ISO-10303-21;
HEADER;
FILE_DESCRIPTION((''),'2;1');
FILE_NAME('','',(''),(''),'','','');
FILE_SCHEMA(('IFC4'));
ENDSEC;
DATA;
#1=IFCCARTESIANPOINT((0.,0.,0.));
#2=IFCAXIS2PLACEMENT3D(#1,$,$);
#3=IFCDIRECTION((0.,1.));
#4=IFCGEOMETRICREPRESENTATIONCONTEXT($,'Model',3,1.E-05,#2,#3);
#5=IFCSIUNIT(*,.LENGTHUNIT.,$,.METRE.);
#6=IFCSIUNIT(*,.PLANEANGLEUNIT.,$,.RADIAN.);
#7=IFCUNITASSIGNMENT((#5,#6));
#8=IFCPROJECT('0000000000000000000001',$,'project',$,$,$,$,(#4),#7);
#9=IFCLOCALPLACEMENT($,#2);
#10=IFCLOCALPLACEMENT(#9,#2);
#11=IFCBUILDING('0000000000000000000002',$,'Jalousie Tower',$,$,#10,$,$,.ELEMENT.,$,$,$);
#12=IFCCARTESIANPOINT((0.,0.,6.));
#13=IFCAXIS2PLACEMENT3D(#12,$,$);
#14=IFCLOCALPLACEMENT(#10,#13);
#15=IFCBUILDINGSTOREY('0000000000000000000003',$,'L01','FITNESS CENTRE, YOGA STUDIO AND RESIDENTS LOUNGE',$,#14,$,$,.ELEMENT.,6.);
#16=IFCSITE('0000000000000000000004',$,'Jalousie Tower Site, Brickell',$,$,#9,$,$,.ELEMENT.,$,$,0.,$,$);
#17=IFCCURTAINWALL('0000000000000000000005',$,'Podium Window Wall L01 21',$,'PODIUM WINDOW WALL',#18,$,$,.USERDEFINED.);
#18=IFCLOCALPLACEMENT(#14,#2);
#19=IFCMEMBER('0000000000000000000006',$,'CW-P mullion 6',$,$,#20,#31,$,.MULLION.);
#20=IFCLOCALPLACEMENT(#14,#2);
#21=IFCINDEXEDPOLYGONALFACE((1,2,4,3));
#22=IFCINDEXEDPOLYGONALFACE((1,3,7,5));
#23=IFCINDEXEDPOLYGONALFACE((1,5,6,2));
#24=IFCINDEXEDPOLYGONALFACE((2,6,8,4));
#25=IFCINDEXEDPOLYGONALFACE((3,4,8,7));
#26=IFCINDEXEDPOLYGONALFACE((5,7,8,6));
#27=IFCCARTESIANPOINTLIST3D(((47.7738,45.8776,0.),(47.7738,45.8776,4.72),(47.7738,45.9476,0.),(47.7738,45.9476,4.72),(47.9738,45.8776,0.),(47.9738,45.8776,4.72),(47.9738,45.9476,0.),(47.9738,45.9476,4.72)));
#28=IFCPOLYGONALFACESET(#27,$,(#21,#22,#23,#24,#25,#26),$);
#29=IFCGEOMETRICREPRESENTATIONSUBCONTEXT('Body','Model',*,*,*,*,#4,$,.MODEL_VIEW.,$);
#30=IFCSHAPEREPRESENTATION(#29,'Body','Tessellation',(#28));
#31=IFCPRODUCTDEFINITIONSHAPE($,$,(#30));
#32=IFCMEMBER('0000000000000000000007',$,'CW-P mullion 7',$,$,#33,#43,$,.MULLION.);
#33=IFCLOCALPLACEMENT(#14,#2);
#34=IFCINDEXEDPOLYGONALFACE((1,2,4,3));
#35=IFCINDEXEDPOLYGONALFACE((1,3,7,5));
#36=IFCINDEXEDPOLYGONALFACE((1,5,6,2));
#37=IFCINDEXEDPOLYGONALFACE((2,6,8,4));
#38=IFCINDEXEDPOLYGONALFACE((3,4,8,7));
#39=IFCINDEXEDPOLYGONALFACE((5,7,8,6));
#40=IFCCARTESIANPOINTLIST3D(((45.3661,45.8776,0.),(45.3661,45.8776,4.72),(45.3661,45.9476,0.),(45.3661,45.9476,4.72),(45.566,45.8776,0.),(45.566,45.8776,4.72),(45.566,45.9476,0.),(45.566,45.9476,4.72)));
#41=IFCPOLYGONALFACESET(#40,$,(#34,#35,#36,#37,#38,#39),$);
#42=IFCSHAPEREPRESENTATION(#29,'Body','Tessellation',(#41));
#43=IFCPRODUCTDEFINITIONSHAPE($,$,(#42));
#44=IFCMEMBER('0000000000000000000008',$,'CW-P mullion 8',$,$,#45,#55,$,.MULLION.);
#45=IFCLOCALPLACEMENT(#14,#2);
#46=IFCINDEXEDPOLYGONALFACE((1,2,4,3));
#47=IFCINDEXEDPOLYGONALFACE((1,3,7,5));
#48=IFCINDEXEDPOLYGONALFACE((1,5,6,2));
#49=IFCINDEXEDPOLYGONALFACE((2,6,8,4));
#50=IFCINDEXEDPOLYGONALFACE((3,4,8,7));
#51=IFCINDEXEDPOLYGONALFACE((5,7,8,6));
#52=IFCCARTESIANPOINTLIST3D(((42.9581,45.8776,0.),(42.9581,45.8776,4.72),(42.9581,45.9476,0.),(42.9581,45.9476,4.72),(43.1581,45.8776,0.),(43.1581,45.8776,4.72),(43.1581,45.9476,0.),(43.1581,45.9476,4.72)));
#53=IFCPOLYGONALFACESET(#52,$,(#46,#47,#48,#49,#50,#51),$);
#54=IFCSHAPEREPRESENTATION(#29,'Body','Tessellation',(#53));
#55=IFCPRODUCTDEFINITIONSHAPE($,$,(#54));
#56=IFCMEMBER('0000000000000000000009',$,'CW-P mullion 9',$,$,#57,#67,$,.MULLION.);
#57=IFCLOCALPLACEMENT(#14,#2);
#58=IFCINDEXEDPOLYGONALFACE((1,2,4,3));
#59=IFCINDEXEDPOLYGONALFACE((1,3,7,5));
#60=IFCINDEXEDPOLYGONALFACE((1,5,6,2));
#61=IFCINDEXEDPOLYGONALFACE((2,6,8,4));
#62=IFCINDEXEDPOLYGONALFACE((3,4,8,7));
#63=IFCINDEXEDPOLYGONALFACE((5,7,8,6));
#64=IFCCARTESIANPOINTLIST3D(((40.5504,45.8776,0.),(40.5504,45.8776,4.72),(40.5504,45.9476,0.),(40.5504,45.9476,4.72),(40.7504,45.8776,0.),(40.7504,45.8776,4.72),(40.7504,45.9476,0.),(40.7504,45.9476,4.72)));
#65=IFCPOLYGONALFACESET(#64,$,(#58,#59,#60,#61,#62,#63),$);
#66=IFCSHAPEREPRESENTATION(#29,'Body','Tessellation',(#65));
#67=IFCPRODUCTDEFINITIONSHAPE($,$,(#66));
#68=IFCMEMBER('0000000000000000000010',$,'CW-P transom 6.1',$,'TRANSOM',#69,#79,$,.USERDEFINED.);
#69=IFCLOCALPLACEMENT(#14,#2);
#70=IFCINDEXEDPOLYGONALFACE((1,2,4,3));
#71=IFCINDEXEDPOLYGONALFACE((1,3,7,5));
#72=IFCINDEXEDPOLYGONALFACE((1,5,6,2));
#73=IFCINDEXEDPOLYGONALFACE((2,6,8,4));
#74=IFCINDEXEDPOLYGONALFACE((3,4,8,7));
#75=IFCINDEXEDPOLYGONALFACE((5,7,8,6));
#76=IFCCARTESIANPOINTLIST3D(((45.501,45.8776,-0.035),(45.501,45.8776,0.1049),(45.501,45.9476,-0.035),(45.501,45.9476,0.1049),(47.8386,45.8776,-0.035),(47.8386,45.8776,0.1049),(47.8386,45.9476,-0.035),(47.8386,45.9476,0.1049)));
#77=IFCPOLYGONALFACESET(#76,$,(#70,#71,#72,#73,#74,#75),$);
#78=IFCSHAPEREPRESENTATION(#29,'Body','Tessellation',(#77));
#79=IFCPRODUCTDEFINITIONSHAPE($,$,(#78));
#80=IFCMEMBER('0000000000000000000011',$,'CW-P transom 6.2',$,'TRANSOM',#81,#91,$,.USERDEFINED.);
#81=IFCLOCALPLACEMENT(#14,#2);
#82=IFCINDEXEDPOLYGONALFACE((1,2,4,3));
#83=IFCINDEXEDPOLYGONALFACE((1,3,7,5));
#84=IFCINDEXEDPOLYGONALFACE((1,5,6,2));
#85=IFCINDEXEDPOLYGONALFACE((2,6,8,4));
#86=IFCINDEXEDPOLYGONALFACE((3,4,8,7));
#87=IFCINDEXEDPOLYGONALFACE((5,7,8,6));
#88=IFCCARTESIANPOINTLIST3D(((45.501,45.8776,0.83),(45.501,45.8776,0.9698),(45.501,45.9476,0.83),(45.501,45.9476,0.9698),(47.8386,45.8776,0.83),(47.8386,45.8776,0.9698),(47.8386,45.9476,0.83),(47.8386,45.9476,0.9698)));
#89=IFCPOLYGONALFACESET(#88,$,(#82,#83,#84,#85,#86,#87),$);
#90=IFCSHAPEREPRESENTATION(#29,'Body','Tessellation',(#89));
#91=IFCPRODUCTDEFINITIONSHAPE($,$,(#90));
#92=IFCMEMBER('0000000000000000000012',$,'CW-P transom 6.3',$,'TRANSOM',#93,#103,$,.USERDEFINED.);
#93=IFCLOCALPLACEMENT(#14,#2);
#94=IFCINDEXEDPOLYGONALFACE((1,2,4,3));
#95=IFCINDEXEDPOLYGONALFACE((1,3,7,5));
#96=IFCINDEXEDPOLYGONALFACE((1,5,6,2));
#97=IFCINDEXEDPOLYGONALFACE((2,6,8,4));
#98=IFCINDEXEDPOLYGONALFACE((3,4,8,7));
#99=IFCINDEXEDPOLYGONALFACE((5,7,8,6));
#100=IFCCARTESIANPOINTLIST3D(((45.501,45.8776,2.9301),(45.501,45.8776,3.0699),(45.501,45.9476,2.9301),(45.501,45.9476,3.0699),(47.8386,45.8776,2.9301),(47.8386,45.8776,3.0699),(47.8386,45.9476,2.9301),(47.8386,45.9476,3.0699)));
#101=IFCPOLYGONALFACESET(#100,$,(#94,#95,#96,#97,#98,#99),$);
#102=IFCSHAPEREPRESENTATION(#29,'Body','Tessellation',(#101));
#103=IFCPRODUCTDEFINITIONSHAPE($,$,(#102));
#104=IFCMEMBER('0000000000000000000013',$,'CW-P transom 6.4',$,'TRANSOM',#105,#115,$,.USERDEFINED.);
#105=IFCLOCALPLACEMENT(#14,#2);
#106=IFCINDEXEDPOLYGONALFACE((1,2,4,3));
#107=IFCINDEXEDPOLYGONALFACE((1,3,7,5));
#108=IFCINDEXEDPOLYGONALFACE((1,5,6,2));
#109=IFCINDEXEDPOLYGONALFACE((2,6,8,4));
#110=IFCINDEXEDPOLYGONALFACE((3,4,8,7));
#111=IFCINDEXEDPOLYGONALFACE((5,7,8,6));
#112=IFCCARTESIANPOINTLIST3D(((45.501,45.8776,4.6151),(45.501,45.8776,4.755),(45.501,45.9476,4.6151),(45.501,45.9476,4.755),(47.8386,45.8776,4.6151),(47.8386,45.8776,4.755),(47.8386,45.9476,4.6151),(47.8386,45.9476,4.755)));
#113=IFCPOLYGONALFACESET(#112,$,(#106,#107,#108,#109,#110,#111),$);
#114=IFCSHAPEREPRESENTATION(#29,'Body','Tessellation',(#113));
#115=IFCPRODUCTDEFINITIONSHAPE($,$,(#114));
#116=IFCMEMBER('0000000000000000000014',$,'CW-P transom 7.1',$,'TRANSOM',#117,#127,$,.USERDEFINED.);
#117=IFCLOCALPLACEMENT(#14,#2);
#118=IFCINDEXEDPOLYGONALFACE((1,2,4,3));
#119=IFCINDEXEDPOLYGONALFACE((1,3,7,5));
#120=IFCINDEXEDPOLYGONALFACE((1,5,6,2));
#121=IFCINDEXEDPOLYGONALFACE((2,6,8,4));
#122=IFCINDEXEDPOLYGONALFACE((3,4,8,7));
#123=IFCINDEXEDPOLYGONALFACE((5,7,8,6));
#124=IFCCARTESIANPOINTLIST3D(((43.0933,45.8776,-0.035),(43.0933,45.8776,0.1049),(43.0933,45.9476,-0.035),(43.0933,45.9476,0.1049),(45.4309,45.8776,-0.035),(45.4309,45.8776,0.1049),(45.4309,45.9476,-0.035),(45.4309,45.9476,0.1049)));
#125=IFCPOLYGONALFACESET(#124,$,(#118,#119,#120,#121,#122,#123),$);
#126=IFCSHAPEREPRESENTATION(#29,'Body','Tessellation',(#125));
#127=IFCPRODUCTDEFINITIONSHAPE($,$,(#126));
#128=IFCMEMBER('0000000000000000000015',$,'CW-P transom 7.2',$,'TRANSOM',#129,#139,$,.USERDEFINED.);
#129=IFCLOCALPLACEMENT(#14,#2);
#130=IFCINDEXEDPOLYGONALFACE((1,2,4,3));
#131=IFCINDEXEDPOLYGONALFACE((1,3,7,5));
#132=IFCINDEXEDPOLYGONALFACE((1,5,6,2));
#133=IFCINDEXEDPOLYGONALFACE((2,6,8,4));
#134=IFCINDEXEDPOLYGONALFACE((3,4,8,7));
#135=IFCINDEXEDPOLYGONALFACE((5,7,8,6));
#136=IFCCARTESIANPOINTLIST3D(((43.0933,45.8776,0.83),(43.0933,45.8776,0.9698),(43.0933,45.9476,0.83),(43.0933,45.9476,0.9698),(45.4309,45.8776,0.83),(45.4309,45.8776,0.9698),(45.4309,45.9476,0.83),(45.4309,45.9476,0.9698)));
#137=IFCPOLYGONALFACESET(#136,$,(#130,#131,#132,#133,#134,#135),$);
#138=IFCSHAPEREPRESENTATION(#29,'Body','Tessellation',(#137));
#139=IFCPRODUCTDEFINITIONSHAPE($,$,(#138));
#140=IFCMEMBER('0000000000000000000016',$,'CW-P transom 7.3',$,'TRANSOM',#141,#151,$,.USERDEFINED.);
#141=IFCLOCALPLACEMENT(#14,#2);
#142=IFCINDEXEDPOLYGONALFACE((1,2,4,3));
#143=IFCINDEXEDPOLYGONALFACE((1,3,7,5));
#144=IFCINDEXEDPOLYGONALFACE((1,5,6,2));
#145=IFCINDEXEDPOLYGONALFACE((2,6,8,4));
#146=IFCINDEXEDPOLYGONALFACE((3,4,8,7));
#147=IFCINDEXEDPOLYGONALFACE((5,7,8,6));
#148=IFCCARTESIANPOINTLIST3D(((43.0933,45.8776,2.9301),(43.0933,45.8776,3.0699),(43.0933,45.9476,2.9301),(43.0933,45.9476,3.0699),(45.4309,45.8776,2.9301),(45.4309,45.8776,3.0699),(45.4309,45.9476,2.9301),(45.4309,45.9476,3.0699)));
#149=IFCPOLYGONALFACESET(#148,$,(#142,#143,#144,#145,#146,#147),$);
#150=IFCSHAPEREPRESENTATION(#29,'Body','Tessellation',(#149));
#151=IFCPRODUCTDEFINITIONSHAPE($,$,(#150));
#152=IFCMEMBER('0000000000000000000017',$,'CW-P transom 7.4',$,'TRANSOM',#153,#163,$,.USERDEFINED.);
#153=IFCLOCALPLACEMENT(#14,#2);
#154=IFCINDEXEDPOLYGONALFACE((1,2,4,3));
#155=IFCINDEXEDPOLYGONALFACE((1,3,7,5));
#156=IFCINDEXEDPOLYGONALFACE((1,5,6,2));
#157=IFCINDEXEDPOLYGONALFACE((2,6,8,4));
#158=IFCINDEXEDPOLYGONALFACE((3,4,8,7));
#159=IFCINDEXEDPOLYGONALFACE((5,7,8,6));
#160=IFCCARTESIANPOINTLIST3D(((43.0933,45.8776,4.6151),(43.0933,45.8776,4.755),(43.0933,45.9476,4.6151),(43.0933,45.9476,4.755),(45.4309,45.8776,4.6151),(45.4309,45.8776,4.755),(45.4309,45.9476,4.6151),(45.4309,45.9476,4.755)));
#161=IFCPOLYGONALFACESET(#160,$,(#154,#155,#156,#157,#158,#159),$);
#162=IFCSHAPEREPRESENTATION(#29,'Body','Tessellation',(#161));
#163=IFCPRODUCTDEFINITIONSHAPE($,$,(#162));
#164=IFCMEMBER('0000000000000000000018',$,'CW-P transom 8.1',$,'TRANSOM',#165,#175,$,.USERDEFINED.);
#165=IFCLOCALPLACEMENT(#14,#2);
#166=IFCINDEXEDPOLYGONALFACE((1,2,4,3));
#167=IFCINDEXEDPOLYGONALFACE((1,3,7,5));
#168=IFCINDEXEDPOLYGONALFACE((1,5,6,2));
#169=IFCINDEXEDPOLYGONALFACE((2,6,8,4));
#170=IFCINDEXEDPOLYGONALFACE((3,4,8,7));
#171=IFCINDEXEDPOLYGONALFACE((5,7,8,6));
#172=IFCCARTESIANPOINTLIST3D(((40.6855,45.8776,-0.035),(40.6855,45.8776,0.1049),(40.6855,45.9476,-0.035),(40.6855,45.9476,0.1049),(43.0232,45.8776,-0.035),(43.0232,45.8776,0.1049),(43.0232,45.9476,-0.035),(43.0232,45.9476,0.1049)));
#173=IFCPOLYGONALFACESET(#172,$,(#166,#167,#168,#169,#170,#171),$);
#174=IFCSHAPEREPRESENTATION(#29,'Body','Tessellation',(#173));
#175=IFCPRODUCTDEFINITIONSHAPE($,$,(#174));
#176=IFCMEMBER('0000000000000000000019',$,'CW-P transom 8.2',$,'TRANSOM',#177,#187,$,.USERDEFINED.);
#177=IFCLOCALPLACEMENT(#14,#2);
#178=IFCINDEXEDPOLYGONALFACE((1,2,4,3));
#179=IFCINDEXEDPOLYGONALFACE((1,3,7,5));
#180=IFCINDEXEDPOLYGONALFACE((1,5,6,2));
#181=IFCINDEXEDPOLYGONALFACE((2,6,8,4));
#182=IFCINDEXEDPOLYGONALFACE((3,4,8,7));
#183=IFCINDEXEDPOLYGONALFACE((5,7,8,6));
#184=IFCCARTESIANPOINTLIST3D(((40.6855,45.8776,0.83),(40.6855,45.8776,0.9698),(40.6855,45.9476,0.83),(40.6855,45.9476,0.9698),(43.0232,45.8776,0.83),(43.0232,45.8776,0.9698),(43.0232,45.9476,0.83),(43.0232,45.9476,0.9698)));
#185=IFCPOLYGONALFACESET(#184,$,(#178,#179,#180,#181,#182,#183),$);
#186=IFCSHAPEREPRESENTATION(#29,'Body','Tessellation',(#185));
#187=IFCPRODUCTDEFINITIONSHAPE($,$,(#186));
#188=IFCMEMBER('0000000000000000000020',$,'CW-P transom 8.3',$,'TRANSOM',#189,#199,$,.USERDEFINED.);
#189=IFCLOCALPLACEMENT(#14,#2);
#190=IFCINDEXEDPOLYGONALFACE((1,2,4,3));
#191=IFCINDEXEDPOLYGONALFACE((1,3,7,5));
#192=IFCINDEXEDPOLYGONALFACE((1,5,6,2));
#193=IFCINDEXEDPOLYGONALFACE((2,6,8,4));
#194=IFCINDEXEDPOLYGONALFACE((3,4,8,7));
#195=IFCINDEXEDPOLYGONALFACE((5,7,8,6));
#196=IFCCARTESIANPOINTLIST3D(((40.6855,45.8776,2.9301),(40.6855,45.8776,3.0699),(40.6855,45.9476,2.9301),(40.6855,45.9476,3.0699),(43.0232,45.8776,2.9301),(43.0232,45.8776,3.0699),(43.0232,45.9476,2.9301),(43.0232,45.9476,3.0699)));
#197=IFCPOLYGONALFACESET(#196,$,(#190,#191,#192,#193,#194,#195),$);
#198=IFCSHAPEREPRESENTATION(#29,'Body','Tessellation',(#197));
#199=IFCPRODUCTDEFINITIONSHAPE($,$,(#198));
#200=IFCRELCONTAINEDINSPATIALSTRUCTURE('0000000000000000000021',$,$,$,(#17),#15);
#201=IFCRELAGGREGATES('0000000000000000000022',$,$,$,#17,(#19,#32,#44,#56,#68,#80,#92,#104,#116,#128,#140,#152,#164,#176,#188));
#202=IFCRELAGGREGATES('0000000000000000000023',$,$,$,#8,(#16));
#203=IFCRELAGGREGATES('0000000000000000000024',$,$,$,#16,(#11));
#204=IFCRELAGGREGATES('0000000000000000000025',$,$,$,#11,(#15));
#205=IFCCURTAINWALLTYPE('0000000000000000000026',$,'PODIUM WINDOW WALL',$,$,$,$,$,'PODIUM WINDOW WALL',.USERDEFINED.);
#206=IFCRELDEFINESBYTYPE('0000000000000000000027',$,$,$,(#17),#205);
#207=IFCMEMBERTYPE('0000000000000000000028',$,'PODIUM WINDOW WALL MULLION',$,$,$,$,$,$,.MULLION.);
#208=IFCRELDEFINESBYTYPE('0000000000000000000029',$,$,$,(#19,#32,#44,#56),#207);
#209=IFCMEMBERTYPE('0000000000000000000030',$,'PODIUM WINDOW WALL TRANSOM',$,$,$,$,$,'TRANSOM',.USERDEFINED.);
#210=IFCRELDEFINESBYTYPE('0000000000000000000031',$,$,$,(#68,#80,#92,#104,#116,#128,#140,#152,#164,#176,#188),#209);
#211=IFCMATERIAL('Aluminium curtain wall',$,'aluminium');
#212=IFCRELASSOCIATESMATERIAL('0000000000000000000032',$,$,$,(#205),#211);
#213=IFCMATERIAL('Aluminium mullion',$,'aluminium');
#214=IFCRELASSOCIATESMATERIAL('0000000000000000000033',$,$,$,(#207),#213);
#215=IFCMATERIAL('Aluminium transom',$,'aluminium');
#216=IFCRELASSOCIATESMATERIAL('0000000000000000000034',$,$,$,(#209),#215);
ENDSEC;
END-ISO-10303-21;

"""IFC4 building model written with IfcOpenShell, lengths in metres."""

from ifc_helpers import new_model, si_unit, direction, frame, origin, origin_2d, place, context, subcontext, project, spatial, rectangle, extrude, material, material_profile, profile_set, type_object, element, aggregate, save


model = new_model("IFC4")

# Units and contexts
model_context = context("Model", 3, precision=1e-05, world=origin(), true_north=direction((0.0, 1.0)))
body_context = subcontext(model_context, "Body", "Model", "MODEL_VIEW")
ifc_project = project(units=[si_unit("LENGTHUNIT", "METRE"), si_unit("PLANEANGLEUNIT", "RADIAN")], contexts=[model_context])

# Site, building, storey
site_placement = place(None, origin())
site = spatial("IfcSite", under=ifc_project, at=site_placement, Name="Jalousie Tower Site, Brickell", CompositionType="ELEMENT", RefElevation=0.0)
building_placement = place(site_placement, origin())
building = spatial("IfcBuilding", under=site, at=building_placement, Name="Jalousie Tower", CompositionType="ELEMENT")
storey_placement = place(building_placement, frame((0.0, 0.0, 6.0)))
storey = spatial("IfcBuildingStorey", under=building, at=storey_placement, Name="L01", Description="FITNESS CENTRE, YOGA STUDIO AND RESIDENTS LOUNGE", CompositionType="ELEMENT", Elevation=6.0)

# Curtain wall, members
ifc_material_1 = material(Name="Aluminium curtain wall", Category="aluminium")
curtain_wall_type = type_object("IfcCurtainWallType", Name="PODIUM WINDOW WALL", ElementType="PODIUM WINDOW WALL", PredefinedType="USERDEFINED", material=ifc_material_1)
curtain_wall_placement = place(storey_placement, origin())
curtain_wall = element("IfcCurtainWall", 1, at=curtain_wall_placement, inside=storey, type_object=curtain_wall_type, Name="Podium Window Wall L01 21", ObjectType="PODIUM WINDOW WALL", PredefinedType="USERDEFINED")
ifc_material_2 = material(Name="Aluminium mullion", Category="aluminium")
ifc_material_profile_1 = material_profile(ifc_material_2, rectangle(XDim=0.0701, YDim=0.2, at=origin_2d()), Name="MULLION 70x200")
ifc_profile_set_1 = profile_set([ifc_material_profile_1], Name="Aluminium mullion")
member_type_1 = type_object("IfcMemberType", Name="PODIUM WINDOW WALL MULLION", PredefinedType="MULLION", material=ifc_profile_set_1)
member_1_placement = place(storey_placement, frame((47.8738, 45.9126, 0.0), z_axis=(0.0, 0.0, 1.0), x_axis=(0.0, -1.0, 0.0)))
member_1 = element("IfcMember", 2, at=member_1_placement, type_object=member_type_1, Name="CW-P mullion 6", PredefinedType="MULLION", context=body_context, shape_type="SweptSolid", body=[
    extrude(rectangle(XDim=0.0701, YDim=0.2, at=origin_2d()), origin(), (0.0, 0.0, 1.0), 4.72),
])
member_2_placement = place(storey_placement, frame((45.4661, 45.9126, 0.0), z_axis=(0.0, 0.0, 1.0), x_axis=(0.0, -1.0, 0.0)))
member_2 = element("IfcMember", 3, at=member_2_placement, type_object=member_type_1, Name="CW-P mullion 7", PredefinedType="MULLION", context=body_context, shape_type="SweptSolid", body=[
    extrude(rectangle(XDim=0.0701, YDim=0.2, at=origin_2d()), origin(), (0.0, 0.0, 1.0), 4.72),
])
member_3_placement = place(storey_placement, frame((43.0581, 45.9126, 0.0), z_axis=(0.0, 0.0, 1.0), x_axis=(0.0, -1.0, 0.0)))
member_3 = element("IfcMember", 4, at=member_3_placement, type_object=member_type_1, Name="CW-P mullion 8", PredefinedType="MULLION", context=body_context, shape_type="SweptSolid", body=[
    extrude(rectangle(XDim=0.0701, YDim=0.2, at=origin_2d()), origin(), (0.0, 0.0, 1.0), 4.72),
])
member_4_placement = place(storey_placement, frame((40.6504, 45.9126, 0.0), z_axis=(0.0, 0.0, 1.0), x_axis=(0.0, -1.0, 0.0)))
member_4 = element("IfcMember", 5, at=member_4_placement, type_object=member_type_1, Name="CW-P mullion 9", PredefinedType="MULLION", context=body_context, shape_type="SweptSolid", body=[
    extrude(rectangle(XDim=0.0701, YDim=0.2, at=origin_2d()), origin(), (0.0, 0.0, 1.0), 4.72),
])
ifc_material_3 = material(Name="Aluminium transom", Category="aluminium")
ifc_material_profile_2 = material_profile(ifc_material_3, rectangle(XDim=0.0701, YDim=0.1399, at=origin_2d()), Name="TRANSOM 70x140")
ifc_profile_set_2 = profile_set([ifc_material_profile_2], Name="Aluminium transom")
member_type_2 = type_object("IfcMemberType", Name="PODIUM WINDOW WALL TRANSOM", ElementType="TRANSOM", PredefinedType="USERDEFINED", material=ifc_profile_set_2)
member_5_placement = place(storey_placement, frame((47.8386, 45.9126, 0.0349), z_axis=(-1.0, 0.0, 0.0), x_axis=(0.0, -1.0, 0.0)))
member_5 = element("IfcMember", 6, at=member_5_placement, type_object=member_type_2, Name="CW-P transom 6.1", ObjectType="TRANSOM", PredefinedType="USERDEFINED", context=body_context, shape_type="SweptSolid", body=[
    extrude(rectangle(XDim=0.0701, YDim=0.1399, at=origin_2d()), origin(), (0.0, 0.0, 1.0), 2.3376),
])
member_6_placement = place(storey_placement, frame((47.8386, 45.9126, 0.8999), z_axis=(-1.0, 0.0, 0.0), x_axis=(0.0, -1.0, 0.0)))
member_6 = element("IfcMember", 7, at=member_6_placement, type_object=member_type_2, Name="CW-P transom 6.2", ObjectType="TRANSOM", PredefinedType="USERDEFINED", context=body_context, shape_type="SweptSolid", body=[
    extrude(rectangle(XDim=0.0701, YDim=0.1399, at=origin_2d()), origin(), (0.0, 0.0, 1.0), 2.3376),
])
member_7_placement = place(storey_placement, frame((47.8386, 45.9126, 3.0), z_axis=(-1.0, 0.0, 0.0), x_axis=(0.0, -1.0, 0.0)))
member_7 = element("IfcMember", 8, at=member_7_placement, type_object=member_type_2, Name="CW-P transom 6.3", ObjectType="TRANSOM", PredefinedType="USERDEFINED", context=body_context, shape_type="SweptSolid", body=[
    extrude(rectangle(XDim=0.0701, YDim=0.1399, at=origin_2d()), origin(), (0.0, 0.0, 1.0), 2.3376),
])
member_8_placement = place(storey_placement, frame((47.8386, 45.9126, 4.6851), z_axis=(-1.0, 0.0, 0.0), x_axis=(0.0, -1.0, 0.0)))
member_8 = element("IfcMember", 9, at=member_8_placement, type_object=member_type_2, Name="CW-P transom 6.4", ObjectType="TRANSOM", PredefinedType="USERDEFINED", context=body_context, shape_type="SweptSolid", body=[
    extrude(rectangle(XDim=0.0701, YDim=0.1399, at=origin_2d()), origin(), (0.0, 0.0, 1.0), 2.3376),
])
member_9_placement = place(storey_placement, frame((45.4309, 45.9126, 0.0349), z_axis=(-1.0, 0.0, 0.0), x_axis=(0.0, -1.0, 0.0)))
member_9 = element("IfcMember", 10, at=member_9_placement, type_object=member_type_2, Name="CW-P transom 7.1", ObjectType="TRANSOM", PredefinedType="USERDEFINED", context=body_context, shape_type="SweptSolid", body=[
    extrude(rectangle(XDim=0.0701, YDim=0.1399, at=origin_2d()), origin(), (0.0, 0.0, 1.0), 2.3376),
])
member_10_placement = place(storey_placement, frame((45.4309, 45.9126, 0.8999), z_axis=(-1.0, 0.0, 0.0), x_axis=(0.0, -1.0, 0.0)))
member_10 = element("IfcMember", 11, at=member_10_placement, type_object=member_type_2, Name="CW-P transom 7.2", ObjectType="TRANSOM", PredefinedType="USERDEFINED", context=body_context, shape_type="SweptSolid", body=[
    extrude(rectangle(XDim=0.0701, YDim=0.1399, at=origin_2d()), origin(), (0.0, 0.0, 1.0), 2.3376),
])
member_11_placement = place(storey_placement, frame((45.4309, 45.9126, 3.0), z_axis=(-1.0, 0.0, 0.0), x_axis=(0.0, -1.0, 0.0)))
member_11 = element("IfcMember", 12, at=member_11_placement, type_object=member_type_2, Name="CW-P transom 7.3", ObjectType="TRANSOM", PredefinedType="USERDEFINED", context=body_context, shape_type="SweptSolid", body=[
    extrude(rectangle(XDim=0.0701, YDim=0.1399, at=origin_2d()), origin(), (0.0, 0.0, 1.0), 2.3376),
])
member_12_placement = place(storey_placement, frame((45.4309, 45.9126, 4.6851), z_axis=(-1.0, 0.0, 0.0), x_axis=(0.0, -1.0, 0.0)))
member_12 = element("IfcMember", 13, at=member_12_placement, type_object=member_type_2, Name="CW-P transom 7.4", ObjectType="TRANSOM", PredefinedType="USERDEFINED", context=body_context, shape_type="SweptSolid", body=[
    extrude(rectangle(XDim=0.0701, YDim=0.1399, at=origin_2d()), origin(), (0.0, 0.0, 1.0), 2.3376),
])
member_13_placement = place(storey_placement, frame((43.0232, 45.9126, 0.0349), z_axis=(-1.0, 0.0, 0.0), x_axis=(0.0, -1.0, 0.0)))
member_13 = element("IfcMember", 14, at=member_13_placement, type_object=member_type_2, Name="CW-P transom 8.1", ObjectType="TRANSOM", PredefinedType="USERDEFINED", context=body_context, shape_type="SweptSolid", body=[
    extrude(rectangle(XDim=0.0701, YDim=0.1399, at=origin_2d()), origin(), (0.0, 0.0, 1.0), 2.3376),
])
member_14_placement = place(storey_placement, frame((43.0232, 45.9126, 0.8999), z_axis=(-1.0, 0.0, 0.0), x_axis=(0.0, -1.0, 0.0)))
member_14 = element("IfcMember", 15, at=member_14_placement, type_object=member_type_2, Name="CW-P transom 8.2", ObjectType="TRANSOM", PredefinedType="USERDEFINED", context=body_context, shape_type="SweptSolid", body=[
    extrude(rectangle(XDim=0.0701, YDim=0.1399, at=origin_2d()), origin(), (0.0, 0.0, 1.0), 2.3376),
])
member_15_placement = place(storey_placement, frame((43.0232, 45.9126, 3.0), z_axis=(-1.0, 0.0, 0.0), x_axis=(0.0, -1.0, 0.0)))
member_15 = element("IfcMember", 16, at=member_15_placement, type_object=member_type_2, Name="CW-P transom 8.3", ObjectType="TRANSOM", PredefinedType="USERDEFINED", context=body_context, shape_type="SweptSolid", body=[
    extrude(rectangle(XDim=0.0701, YDim=0.1399, at=origin_2d()), origin(), (0.0, 0.0, 1.0), 2.3376),
])
aggregate(curtain_wall, [member_1, member_2, member_3, member_4, member_5, member_6, member_7, member_8, member_9, member_10, member_11, member_12, member_13, member_14, member_15])

save(model, "model.ifc")
